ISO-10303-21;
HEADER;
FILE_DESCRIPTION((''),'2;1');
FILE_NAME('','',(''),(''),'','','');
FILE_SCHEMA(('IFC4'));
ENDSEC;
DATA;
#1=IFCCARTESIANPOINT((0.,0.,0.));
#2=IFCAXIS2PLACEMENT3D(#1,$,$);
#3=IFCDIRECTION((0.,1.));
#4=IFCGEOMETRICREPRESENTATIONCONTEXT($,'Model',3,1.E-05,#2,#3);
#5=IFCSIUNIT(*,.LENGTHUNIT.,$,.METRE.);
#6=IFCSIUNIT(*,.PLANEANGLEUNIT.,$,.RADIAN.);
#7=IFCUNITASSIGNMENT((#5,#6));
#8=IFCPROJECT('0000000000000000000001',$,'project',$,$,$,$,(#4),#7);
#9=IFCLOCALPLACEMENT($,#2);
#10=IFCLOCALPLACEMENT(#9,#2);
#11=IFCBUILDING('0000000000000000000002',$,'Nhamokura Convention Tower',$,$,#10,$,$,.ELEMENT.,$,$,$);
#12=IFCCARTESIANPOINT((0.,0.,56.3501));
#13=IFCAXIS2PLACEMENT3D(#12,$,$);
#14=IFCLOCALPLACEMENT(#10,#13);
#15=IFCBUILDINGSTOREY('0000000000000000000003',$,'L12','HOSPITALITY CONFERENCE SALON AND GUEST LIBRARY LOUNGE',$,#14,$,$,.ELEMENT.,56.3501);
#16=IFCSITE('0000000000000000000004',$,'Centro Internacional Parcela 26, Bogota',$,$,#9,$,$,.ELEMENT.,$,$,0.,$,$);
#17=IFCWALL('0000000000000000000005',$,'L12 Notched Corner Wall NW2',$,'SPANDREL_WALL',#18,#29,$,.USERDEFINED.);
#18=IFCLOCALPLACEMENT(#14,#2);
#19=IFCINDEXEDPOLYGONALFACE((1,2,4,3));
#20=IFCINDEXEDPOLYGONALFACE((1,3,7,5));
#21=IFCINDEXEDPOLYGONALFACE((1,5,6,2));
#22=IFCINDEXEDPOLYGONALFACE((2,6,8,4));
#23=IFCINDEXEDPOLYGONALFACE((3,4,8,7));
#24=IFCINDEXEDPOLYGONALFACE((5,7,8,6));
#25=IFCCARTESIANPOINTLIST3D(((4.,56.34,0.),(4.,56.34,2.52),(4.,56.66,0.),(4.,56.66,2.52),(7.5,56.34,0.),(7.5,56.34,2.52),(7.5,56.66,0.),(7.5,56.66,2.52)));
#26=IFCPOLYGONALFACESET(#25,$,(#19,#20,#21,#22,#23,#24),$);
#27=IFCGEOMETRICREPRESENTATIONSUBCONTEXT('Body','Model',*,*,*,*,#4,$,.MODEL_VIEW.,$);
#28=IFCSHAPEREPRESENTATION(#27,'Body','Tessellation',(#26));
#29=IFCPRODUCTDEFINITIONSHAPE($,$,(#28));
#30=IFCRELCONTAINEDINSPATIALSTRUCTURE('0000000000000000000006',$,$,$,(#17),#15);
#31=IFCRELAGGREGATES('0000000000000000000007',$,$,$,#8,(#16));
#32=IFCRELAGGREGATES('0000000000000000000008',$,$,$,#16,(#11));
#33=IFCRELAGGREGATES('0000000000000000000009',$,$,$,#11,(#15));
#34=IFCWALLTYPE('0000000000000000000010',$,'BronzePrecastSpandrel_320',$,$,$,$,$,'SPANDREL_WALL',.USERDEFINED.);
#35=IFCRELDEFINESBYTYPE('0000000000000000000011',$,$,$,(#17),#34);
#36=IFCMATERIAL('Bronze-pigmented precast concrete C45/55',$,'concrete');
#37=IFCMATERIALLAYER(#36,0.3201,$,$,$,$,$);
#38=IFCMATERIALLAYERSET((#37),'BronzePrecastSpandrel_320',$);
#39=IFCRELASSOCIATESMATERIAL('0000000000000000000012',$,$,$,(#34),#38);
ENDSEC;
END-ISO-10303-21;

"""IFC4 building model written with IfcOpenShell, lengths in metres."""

from ifc_helpers import new_model, si_unit, direction, frame, frame_2d, origin, place, context, subcontext, project, spatial, rectangle, extrude, material, layer, layer_set, type_object, element, save


model = new_model("IFC4")

# Units and contexts
model_context = context("Model", 3, precision=1e-05, world=origin(), true_north=direction((0.0, 1.0)))
body_context = subcontext(model_context, "Body", "Model", "MODEL_VIEW")
ifc_project = project(units=[si_unit("LENGTHUNIT", "METRE"), si_unit("PLANEANGLEUNIT", "RADIAN")], contexts=[model_context])

# Site, building, storey
site_placement = place(None, origin())
site = spatial("IfcSite", under=ifc_project, at=site_placement, Name="Centro Internacional Parcela 26, Bogota", CompositionType="ELEMENT", RefElevation=0.0)
building_placement = place(site_placement, origin())
building = spatial("IfcBuilding", under=site, at=building_placement, Name="Nhamokura Convention Tower", CompositionType="ELEMENT")
storey_placement = place(building_placement, frame((0.0, 0.0, 56.3501)))
storey = spatial("IfcBuildingStorey", under=building, at=storey_placement, Name="L12", Description="HOSPITALITY CONFERENCE SALON AND GUEST LIBRARY LOUNGE", CompositionType="ELEMENT", Elevation=56.3501)

# Wall
ifc_material_1 = material(Name="Bronze-pigmented precast concrete C45/55", Category="concrete")
ifc_layer = layer(ifc_material_1, 0.3201)
ifc_layer_set = layer_set([ifc_layer], Name="BronzePrecastSpandrel_320")
wall_type = type_object("IfcWallType", Name="BronzePrecastSpandrel_320", ElementType="SPANDREL_WALL", PredefinedType="USERDEFINED", material=ifc_layer_set)
for number, where, z_axis, x_axis, name in (
    (1, (4.0, 56.5, 0.0), (0.0, 0.0, 1.0), (1.0, 0.0, 0.0), "L12 Notched Corner Wall NW2"),
):
    element("IfcWall", number, at=place(storey_placement, frame(where, z_axis=z_axis, x_axis=x_axis)), inside=storey, type_object=wall_type, Name=name, ObjectType="SPANDREL_WALL", PredefinedType="USERDEFINED", context=body_context, shape_type="SweptSolid", body=[
        extrude(rectangle(XDim=3.5, YDim=0.3201, at=frame_2d((1.75, 0.0))), origin(), (0.0, 0.0, 1.0), 2.52),
    ])

save(model, "model.ifc")
